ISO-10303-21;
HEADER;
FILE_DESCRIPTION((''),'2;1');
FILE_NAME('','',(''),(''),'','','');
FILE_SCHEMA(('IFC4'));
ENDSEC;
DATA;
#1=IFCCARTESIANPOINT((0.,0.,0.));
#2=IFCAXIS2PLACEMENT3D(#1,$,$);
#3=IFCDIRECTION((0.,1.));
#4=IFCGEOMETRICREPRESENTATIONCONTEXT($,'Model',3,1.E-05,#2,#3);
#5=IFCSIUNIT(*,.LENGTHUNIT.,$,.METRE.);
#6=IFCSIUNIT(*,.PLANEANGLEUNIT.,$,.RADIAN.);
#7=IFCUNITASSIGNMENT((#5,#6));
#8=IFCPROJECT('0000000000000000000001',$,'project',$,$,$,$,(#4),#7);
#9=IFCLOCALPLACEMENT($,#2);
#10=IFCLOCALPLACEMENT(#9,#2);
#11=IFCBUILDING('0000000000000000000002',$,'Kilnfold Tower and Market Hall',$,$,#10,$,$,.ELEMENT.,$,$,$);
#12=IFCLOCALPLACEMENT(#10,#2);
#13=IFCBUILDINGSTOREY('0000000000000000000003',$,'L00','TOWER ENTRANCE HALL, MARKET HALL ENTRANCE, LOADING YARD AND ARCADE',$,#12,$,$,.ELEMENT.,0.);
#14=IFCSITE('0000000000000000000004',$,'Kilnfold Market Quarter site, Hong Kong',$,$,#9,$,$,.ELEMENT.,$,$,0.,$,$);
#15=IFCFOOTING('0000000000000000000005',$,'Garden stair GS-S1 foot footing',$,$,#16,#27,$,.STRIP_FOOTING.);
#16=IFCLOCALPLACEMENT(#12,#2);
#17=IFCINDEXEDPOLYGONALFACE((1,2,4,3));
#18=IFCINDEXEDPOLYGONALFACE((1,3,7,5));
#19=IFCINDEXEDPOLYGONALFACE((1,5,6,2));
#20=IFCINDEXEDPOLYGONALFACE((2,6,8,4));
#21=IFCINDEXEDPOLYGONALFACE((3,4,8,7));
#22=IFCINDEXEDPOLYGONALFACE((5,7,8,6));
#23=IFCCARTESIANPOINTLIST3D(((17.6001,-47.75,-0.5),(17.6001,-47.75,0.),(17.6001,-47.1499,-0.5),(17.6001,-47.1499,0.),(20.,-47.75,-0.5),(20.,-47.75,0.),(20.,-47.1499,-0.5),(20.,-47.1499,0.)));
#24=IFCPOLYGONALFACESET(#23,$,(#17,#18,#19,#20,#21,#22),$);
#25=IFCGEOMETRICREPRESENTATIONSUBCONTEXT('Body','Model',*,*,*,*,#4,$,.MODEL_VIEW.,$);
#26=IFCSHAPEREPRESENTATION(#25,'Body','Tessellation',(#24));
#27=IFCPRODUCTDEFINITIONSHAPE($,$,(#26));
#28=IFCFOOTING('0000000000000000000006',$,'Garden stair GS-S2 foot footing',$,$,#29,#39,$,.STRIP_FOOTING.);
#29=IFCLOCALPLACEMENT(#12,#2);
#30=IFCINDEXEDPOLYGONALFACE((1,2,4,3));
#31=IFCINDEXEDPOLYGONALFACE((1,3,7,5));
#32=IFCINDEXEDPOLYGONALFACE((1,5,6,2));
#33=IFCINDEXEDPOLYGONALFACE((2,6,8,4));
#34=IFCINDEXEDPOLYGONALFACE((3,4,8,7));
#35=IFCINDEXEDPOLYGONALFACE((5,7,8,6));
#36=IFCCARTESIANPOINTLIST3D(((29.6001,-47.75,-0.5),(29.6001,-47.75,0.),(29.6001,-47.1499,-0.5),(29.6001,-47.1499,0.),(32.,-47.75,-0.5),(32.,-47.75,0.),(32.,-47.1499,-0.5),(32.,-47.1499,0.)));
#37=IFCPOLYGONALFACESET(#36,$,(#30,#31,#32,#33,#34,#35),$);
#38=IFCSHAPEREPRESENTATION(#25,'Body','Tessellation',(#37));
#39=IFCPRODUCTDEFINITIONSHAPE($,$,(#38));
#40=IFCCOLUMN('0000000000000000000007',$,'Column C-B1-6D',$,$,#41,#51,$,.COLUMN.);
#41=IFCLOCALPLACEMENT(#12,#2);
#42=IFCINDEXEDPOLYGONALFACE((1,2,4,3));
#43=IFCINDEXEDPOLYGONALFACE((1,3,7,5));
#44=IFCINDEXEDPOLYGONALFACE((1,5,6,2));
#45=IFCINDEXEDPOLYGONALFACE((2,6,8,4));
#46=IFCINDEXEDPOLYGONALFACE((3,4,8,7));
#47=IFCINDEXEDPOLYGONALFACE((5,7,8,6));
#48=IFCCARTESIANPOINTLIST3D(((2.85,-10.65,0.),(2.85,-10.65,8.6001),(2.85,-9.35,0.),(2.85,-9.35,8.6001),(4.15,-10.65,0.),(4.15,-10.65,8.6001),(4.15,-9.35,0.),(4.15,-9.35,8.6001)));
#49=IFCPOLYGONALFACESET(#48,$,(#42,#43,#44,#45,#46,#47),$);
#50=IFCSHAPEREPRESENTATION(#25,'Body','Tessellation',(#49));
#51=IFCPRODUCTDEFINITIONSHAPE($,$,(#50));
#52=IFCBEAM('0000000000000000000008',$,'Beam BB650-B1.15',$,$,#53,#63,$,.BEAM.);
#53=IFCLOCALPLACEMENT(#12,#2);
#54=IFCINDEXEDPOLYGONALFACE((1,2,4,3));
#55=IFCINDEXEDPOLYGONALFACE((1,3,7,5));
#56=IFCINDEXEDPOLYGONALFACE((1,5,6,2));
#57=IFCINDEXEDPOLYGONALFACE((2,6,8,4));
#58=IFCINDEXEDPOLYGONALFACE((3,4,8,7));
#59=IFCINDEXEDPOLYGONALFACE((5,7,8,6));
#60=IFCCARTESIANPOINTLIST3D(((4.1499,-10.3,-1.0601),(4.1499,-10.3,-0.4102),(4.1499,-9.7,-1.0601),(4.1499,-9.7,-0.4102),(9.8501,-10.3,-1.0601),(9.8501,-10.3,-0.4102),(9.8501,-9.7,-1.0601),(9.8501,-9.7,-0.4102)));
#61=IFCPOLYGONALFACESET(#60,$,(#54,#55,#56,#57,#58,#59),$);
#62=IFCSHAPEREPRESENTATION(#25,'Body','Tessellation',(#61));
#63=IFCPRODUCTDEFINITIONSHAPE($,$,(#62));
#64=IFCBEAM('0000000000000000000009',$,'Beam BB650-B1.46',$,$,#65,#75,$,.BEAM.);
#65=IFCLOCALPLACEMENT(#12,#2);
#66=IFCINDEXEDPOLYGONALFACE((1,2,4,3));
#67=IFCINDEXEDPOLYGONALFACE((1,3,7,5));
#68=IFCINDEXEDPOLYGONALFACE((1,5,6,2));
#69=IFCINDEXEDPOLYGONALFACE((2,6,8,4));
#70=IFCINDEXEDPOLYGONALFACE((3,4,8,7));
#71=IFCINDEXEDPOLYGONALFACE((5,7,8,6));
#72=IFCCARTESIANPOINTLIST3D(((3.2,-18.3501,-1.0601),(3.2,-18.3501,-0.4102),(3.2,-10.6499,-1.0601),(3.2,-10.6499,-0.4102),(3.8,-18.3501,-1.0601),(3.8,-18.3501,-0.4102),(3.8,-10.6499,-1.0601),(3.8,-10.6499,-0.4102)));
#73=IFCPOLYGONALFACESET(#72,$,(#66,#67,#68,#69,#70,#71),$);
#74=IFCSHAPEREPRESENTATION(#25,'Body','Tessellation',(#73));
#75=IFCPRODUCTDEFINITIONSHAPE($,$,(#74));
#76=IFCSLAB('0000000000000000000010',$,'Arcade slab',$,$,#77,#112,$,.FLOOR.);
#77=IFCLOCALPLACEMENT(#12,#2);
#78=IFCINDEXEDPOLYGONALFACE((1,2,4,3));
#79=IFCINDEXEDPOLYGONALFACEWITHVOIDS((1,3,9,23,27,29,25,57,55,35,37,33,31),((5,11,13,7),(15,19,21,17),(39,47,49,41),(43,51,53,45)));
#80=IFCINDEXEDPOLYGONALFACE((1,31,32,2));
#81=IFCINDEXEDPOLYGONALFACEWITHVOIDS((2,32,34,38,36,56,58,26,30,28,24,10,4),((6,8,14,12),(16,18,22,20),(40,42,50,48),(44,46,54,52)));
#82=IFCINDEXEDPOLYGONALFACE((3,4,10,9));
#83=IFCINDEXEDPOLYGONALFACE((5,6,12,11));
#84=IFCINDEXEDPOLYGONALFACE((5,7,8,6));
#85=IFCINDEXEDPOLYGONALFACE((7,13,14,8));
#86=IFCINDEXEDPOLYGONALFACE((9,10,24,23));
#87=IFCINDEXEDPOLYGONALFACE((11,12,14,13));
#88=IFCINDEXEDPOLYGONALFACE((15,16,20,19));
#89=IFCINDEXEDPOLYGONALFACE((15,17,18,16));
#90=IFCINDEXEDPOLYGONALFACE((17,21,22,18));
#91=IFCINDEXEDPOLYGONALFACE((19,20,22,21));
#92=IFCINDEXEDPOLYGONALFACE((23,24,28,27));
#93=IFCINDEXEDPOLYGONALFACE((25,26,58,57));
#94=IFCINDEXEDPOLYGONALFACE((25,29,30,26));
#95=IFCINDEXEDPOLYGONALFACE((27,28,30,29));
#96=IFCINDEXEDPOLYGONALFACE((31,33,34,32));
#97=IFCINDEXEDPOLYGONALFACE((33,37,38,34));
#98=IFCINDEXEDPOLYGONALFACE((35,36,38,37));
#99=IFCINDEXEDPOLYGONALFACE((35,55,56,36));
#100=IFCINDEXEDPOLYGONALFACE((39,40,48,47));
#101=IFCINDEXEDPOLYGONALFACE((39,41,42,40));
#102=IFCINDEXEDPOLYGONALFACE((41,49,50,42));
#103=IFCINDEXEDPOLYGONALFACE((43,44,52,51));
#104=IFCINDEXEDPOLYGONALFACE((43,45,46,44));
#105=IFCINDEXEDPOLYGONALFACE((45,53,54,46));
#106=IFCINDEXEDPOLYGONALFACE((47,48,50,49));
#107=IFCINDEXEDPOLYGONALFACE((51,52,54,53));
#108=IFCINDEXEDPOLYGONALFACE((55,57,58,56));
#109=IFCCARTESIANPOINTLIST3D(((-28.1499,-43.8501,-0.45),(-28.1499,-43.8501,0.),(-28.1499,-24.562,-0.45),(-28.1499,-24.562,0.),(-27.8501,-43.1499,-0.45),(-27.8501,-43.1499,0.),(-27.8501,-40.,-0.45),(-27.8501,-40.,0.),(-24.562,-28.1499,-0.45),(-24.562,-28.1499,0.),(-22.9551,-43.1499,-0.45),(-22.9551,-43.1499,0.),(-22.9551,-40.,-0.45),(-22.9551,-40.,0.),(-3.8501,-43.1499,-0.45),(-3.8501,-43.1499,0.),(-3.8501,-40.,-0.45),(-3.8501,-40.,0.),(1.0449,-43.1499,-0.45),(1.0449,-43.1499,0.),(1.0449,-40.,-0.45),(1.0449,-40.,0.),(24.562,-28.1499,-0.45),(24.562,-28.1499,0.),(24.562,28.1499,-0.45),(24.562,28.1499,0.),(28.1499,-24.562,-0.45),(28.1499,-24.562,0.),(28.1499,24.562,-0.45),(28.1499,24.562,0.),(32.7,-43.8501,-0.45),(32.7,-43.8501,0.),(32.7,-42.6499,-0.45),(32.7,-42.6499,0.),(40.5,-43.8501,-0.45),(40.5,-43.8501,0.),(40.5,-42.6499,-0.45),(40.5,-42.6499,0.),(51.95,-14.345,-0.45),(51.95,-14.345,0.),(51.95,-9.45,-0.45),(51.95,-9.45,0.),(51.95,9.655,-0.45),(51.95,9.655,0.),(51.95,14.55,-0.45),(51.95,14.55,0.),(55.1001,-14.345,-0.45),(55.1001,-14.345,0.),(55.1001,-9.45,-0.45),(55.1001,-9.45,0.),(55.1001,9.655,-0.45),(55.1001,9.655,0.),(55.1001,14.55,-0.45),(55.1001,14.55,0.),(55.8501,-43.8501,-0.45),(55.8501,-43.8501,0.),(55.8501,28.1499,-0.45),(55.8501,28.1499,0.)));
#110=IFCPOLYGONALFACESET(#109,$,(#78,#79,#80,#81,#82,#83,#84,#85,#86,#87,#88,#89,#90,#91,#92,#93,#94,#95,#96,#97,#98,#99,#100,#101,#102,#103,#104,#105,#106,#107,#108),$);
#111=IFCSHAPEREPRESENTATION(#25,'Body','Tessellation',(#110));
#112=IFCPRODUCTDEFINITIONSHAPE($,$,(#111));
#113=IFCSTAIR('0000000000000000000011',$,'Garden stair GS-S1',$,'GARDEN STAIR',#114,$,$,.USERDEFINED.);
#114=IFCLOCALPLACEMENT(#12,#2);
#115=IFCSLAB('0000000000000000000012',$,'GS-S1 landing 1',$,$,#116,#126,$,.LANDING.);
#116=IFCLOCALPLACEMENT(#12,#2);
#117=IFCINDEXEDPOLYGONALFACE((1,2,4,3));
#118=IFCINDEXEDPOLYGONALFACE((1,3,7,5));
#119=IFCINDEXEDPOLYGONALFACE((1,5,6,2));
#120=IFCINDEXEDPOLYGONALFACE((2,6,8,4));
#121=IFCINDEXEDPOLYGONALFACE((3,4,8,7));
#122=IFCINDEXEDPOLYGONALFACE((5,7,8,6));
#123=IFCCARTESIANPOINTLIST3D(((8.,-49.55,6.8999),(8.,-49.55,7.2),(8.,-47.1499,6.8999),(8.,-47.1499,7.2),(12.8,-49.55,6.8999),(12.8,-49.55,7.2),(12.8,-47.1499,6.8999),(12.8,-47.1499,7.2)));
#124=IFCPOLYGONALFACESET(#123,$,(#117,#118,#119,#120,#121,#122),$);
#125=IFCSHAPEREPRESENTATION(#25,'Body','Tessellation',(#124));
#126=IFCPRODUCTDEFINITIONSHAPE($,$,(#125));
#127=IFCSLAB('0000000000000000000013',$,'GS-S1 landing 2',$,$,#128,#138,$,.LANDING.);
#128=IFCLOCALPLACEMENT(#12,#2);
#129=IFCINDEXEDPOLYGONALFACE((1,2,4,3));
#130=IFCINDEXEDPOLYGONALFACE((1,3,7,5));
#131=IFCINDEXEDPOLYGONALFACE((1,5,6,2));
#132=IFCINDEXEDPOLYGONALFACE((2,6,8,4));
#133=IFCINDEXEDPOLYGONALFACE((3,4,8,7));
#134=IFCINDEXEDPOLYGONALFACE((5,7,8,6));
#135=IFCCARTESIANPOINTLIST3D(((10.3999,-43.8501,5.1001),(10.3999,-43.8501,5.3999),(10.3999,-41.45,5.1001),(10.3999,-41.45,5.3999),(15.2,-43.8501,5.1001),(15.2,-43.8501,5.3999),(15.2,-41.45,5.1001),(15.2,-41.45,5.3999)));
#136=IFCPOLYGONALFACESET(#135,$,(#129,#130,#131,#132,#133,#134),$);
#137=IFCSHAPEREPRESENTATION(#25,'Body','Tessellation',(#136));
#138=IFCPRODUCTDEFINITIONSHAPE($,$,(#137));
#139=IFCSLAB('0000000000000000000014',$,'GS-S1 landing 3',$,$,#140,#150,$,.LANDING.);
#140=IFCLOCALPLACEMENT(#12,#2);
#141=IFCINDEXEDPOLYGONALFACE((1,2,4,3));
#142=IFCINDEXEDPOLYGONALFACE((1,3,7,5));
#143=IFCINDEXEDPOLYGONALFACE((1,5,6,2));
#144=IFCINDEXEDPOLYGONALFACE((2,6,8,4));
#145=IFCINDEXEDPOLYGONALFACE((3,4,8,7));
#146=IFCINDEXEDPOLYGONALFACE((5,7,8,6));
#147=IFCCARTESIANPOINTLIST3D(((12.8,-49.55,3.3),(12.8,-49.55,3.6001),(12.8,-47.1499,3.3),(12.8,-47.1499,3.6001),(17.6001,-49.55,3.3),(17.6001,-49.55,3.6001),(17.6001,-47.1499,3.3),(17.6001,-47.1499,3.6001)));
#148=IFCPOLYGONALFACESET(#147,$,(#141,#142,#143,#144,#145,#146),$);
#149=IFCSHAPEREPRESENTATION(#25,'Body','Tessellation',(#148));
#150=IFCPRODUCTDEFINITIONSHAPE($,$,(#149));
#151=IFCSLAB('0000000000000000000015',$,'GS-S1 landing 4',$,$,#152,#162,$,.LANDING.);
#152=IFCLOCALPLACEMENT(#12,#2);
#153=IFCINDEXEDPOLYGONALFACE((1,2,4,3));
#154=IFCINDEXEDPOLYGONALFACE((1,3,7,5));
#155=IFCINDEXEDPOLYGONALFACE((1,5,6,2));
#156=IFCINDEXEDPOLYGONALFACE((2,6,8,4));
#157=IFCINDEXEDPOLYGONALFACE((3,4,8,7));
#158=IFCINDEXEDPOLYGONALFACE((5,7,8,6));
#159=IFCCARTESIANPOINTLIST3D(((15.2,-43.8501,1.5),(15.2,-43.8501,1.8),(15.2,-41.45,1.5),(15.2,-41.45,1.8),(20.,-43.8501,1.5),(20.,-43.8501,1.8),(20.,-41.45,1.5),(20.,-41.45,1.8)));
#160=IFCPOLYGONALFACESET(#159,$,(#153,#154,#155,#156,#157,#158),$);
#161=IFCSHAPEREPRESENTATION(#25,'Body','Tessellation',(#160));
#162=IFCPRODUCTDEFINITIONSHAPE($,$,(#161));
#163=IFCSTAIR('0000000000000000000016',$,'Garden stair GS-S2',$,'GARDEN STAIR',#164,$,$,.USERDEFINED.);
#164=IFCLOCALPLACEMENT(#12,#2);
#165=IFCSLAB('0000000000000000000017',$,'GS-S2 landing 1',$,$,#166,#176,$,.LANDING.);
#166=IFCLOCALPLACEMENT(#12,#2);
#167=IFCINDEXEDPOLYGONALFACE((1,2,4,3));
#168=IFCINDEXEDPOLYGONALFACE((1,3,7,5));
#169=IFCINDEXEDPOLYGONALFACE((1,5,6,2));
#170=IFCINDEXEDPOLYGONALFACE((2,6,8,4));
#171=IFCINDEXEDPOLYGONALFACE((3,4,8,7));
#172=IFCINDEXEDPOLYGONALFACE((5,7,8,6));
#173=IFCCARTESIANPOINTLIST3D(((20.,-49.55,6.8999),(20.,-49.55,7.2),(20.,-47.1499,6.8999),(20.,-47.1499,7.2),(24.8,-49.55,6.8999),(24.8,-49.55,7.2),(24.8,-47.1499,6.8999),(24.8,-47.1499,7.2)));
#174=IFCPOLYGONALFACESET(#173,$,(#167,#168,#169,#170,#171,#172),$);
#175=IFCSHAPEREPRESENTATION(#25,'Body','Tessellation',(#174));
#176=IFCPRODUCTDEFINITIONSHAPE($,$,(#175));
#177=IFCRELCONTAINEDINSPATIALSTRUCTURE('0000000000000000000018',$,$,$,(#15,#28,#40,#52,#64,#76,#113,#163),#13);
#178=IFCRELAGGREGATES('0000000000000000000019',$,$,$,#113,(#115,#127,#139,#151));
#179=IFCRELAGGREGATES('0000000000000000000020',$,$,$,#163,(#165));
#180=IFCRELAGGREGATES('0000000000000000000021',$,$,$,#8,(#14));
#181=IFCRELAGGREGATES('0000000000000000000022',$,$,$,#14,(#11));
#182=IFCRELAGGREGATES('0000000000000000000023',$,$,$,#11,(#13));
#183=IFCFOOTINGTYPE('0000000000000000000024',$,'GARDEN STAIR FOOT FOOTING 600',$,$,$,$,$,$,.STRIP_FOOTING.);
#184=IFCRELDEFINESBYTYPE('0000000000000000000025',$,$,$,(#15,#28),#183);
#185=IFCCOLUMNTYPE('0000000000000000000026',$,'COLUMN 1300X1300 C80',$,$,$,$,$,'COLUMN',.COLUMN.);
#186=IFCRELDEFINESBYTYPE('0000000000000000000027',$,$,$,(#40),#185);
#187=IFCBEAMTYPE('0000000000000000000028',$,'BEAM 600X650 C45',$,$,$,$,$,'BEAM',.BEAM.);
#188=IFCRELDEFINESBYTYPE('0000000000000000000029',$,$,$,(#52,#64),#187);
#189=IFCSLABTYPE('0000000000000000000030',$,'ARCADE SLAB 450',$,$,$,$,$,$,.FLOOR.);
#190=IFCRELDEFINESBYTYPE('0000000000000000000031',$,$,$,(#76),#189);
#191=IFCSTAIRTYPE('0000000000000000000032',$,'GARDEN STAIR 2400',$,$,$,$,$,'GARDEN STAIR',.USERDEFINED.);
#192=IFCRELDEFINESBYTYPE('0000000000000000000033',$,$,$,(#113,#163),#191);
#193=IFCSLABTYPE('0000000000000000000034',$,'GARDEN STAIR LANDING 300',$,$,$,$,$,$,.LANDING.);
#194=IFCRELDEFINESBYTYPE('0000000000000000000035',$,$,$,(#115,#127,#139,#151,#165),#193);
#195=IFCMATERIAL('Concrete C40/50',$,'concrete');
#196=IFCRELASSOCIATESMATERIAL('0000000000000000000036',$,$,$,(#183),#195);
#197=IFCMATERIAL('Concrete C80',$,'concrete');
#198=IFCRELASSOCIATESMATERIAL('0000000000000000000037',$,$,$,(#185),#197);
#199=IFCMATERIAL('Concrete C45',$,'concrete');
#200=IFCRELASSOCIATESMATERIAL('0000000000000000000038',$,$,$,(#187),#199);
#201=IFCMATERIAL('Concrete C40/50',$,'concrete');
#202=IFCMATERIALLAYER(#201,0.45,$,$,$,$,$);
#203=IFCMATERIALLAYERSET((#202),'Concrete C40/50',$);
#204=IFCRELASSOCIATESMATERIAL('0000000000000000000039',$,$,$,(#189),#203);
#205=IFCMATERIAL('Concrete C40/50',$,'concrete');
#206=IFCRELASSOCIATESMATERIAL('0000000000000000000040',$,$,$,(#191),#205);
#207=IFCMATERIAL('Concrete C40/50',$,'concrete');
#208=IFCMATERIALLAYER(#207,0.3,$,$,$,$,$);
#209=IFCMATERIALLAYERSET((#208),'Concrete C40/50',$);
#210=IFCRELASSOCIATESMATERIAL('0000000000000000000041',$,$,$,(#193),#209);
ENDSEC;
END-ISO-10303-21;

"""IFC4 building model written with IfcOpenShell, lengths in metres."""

from ifc_helpers import new_model, si_unit, direction, frame, origin, origin_2d, place, context, subcontext, project, spatial, polyline, rectangle, outline, extrude, source, transform, mapped, material, layer, layer_set, material_profile, profile_set, type_object, element, aggregate, save


model = new_model("IFC4")

# Units and contexts
model_context = context("Model", 3, precision=1e-05, world=origin(), true_north=direction((0.0, 1.0)))
body_context = subcontext(model_context, "Body", "Model", "MODEL_VIEW")
ifc_project = project(units=[si_unit("LENGTHUNIT", "METRE"), si_unit("PLANEANGLEUNIT", "RADIAN")], contexts=[model_context])

# Site, building, storey
site_placement = place(None, origin())
site = spatial("IfcSite", under=ifc_project, at=site_placement, Name="Kilnfold Market Quarter site, Hong Kong", CompositionType="ELEMENT", RefElevation=0.0)
building_placement = place(site_placement, origin())
building = spatial("IfcBuilding", under=site, at=building_placement, Name="Kilnfold Tower and Market Hall", CompositionType="ELEMENT")
storey_placement = place(building_placement, origin())
storey = spatial("IfcBuildingStorey", under=building, at=storey_placement, Name="L00", Description="TOWER ENTRANCE HALL, MARKET HALL ENTRANCE, LOADING YARD AND ARCADE", CompositionType="ELEMENT", Elevation=0.0)

# Footings
ifc_material_1 = material(Name="Concrete C40/50", Category="concrete")
footing_type = type_object("IfcFootingType", Name="GARDEN STAIR FOOT FOOTING 600", PredefinedType="STRIP_FOOTING", material=ifc_material_1)
shared_shape_1 = source(origin(), body_context, "Body", "SweptSolid", [
    extrude(outline(polyline([(17.6001, -47.1499), (20.0, -47.1499), (20.0, -47.75), (17.6001, -47.75), (17.6001, -47.1499)])), origin(), (0.0, 0.0, 1.0), 0.5),
])
footing_1_placement = place(storey_placement, frame((0.0, 0.0, -0.5)))
element("IfcFooting", 1, at=footing_1_placement, inside=storey, type_object=footing_type, Name="Garden stair GS-S1 foot footing", PredefinedType="STRIP_FOOTING", context=body_context, shape_type="MappedRepresentation", body=[
    mapped(shared_shape_1, transform((0.0, 0.0, 0.0))),
])
shared_shape_2 = source(origin(), body_context, "Body", "SweptSolid", [
    extrude(outline(polyline([(29.6001, -47.1499), (32.0, -47.1499), (32.0, -47.75), (29.6001, -47.75), (29.6001, -47.1499)])), origin(), (0.0, 0.0, 1.0), 0.5),
])
footing_2_placement = place(storey_placement, frame((0.0, 0.0, -0.5)))
element("IfcFooting", 2, at=footing_2_placement, inside=storey, type_object=footing_type, Name="Garden stair GS-S2 foot footing", PredefinedType="STRIP_FOOTING", context=body_context, shape_type="MappedRepresentation", body=[
    mapped(shared_shape_2, transform((0.0, 0.0, 0.0))),
])

# Column
ifc_material_2 = material(Name="Concrete C80", Category="concrete")
ifc_material_profile_1 = material_profile(ifc_material_2, rectangle(XDim=1.3, YDim=1.3, at=origin_2d()), Name="RC 1300x1300")
ifc_profile_set_1 = profile_set([ifc_material_profile_1], Name="Concrete C80")
column_type = type_object("IfcColumnType", Name="COLUMN 1300X1300 C80", ElementType="COLUMN", PredefinedType="COLUMN", material=ifc_profile_set_1)
shared_shape_3 = source(origin(), body_context, "Body", "SweptSolid", [
    extrude(rectangle(XDim=1.3, YDim=1.3, at=origin_2d()), origin(), (0.0, 0.0, 1.0), 8.6001),
])
column_placement = place(storey_placement, frame((3.5, -10.0, 0.0), z_axis=(0.0, 0.0, 1.0), x_axis=(1.0, 0.0, 0.0)))
element("IfcColumn", 3, at=column_placement, inside=storey, type_object=column_type, Name="Column C-B1-6D", PredefinedType="COLUMN", context=body_context, shape_type="MappedRepresentation", body=[
    mapped(shared_shape_3, transform((0.0, 0.0, 0.0))),
])

# Beams
ifc_material_3 = material(Name="Concrete C45", Category="concrete")
ifc_material_profile_2 = material_profile(ifc_material_3, rectangle(XDim=0.6001, YDim=0.6499, at=origin_2d()), Name="RC 600x650")
ifc_profile_set_2 = profile_set([ifc_material_profile_2], Name="Concrete C45")
beam_type = type_object("IfcBeamType", Name="BEAM 600X650 C45", ElementType="BEAM", PredefinedType="BEAM", material=ifc_profile_set_2)
shared_shape_4 = source(origin(), body_context, "Body", "SweptSolid", [
    extrude(rectangle(XDim=0.6001, YDim=0.6499, at=origin_2d()), origin(), (0.0, 0.0, 1.0), 5.7002),
])
beam_1_placement = place(storey_placement, frame((4.1499, -10.0, -0.7351), z_axis=(1.0, 0.0, 0.0), x_axis=(0.0, 1.0, 0.0)))
element("IfcBeam", 4, at=beam_1_placement, inside=storey, type_object=beam_type, Name="Beam BB650-B1.15", PredefinedType="BEAM", context=body_context, shape_type="MappedRepresentation", body=[
    mapped(shared_shape_4, transform((0.0, 0.0, 0.0))),
])
shared_shape_5 = source(origin(), body_context, "Body", "SweptSolid", [
    extrude(rectangle(XDim=0.6001, YDim=0.6499, at=origin_2d()), origin(), (0.0, 0.0, 1.0), 7.7002),
])
beam_2_placement = place(storey_placement, frame((3.5, -18.3501, -0.7351), z_axis=(0.0, 1.0, 0.0), x_axis=(-1.0, 0.0, 0.0)))
element("IfcBeam", 5, at=beam_2_placement, inside=storey, type_object=beam_type, Name="Beam BB650-B1.46", PredefinedType="BEAM", context=body_context, shape_type="MappedRepresentation", body=[
    mapped(shared_shape_5, transform((0.0, 0.0, 0.0))),
])

# Slab
ifc_material_4 = material(Name="Concrete C40/50", Category="concrete")
ifc_layer_1 = layer(ifc_material_4, 0.45)
ifc_layer_set_1 = layer_set([ifc_layer_1], Name="Concrete C40/50")
slab_type_1 = type_object("IfcSlabType", Name="ARCADE SLAB 450", PredefinedType="FLOOR", material=ifc_layer_set_1)
shared_shape_6 = source(origin(), body_context, "Body", "SweptSolid", [
    extrude(outline(polyline([(-28.1499, -43.8501), (32.7, -43.8501), (32.7, -42.6499), (40.5, -42.6499), (40.5, -43.8501), (55.8501, -43.8501), (55.8501, 28.1499), (24.562, 28.1499), (28.1499, 24.562), (28.1499, -24.562), (24.562, -28.1499), (-24.562, -28.1499), (-28.1499, -24.562), (-28.1499, -43.8501)]), holes=[polyline([(-27.8501, -43.1499), (-22.9551, -43.1499), (-22.9551, -40.0), (-27.8501, -40.0), (-27.8501, -43.1499)]), polyline([(-3.8501, -43.1499), (1.0449, -43.1499), (1.0449, -40.0), (-3.8501, -40.0), (-3.8501, -43.1499)]), polyline([(51.95, -14.345), (55.1001, -14.345), (55.1001, -9.45), (51.95, -9.45), (51.95, -14.345)]), polyline([(51.95, 9.655), (55.1001, 9.655), (55.1001, 14.55), (51.95, 14.55), (51.95, 9.655)])]), origin(), (0.0, 0.0, 1.0), 0.45),
])
slab_1_placement = place(storey_placement, frame((0.0, 0.0, -0.45)))
element("IfcSlab", 6, at=slab_1_placement, inside=storey, type_object=slab_type_1, Name="Arcade slab", PredefinedType="FLOOR", context=body_context, shape_type="MappedRepresentation", body=[
    mapped(shared_shape_6, transform((0.0, 0.0, 0.0))),
])

# Stairs, slabs
ifc_material_5 = material(Name="Concrete C40/50", Category="concrete")
stair_type = type_object("IfcStairType", Name="GARDEN STAIR 2400", ElementType="GARDEN STAIR", PredefinedType="USERDEFINED", material=ifc_material_5)
stair_1_placement = place(storey_placement, origin())
stair_1 = element("IfcStair", 7, at=stair_1_placement, inside=storey, type_object=stair_type, Name="Garden stair GS-S1", ObjectType="GARDEN STAIR", PredefinedType="USERDEFINED")
ifc_material_6 = material(Name="Concrete C40/50", Category="concrete")
ifc_layer_2 = layer(ifc_material_6, 0.3)
ifc_layer_set_2 = layer_set([ifc_layer_2], Name="Concrete C40/50")
slab_type_2 = type_object("IfcSlabType", Name="GARDEN STAIR LANDING 300", PredefinedType="LANDING", material=ifc_layer_set_2)
shared_shape_7 = source(origin(), body_context, "Body", "SweptSolid", [
    extrude(outline(polyline([(8.0, -47.1499), (12.8, -47.1499), (12.8, -49.55), (8.0, -49.55), (8.0, -47.1499)])), origin(), (0.0, 0.0, 1.0), 0.3),
])
slab_2_placement = place(storey_placement, frame((0.0, 0.0, 6.8999)))
slab_2 = element("IfcSlab", 8, at=slab_2_placement, type_object=slab_type_2, Name="GS-S1 landing 1", PredefinedType="LANDING", context=body_context, shape_type="MappedRepresentation", body=[
    mapped(shared_shape_7, transform((0.0, 0.0, 0.0))),
])
shared_shape_8 = source(origin(), body_context, "Body", "SweptSolid", [
    extrude(outline(polyline([(10.3999, -41.45), (15.2, -41.45), (15.2, -43.8501), (10.3999, -43.8501), (10.3999, -41.45)])), origin(), (0.0, 0.0, 1.0), 0.2998),
])
slab_3_placement = place(storey_placement, frame((0.0, 0.0, 5.1001)))
slab_3 = element("IfcSlab", 9, at=slab_3_placement, type_object=slab_type_2, Name="GS-S1 landing 2", PredefinedType="LANDING", context=body_context, shape_type="MappedRepresentation", body=[
    mapped(shared_shape_8, transform((0.0, 0.0, 0.0))),
])
shared_shape_9 = source(origin(), body_context, "Body", "SweptSolid", [
    extrude(outline(polyline([(12.8, -47.1499), (17.6001, -47.1499), (17.6001, -49.55), (12.8, -49.55), (12.8, -47.1499)])), origin(), (0.0, 0.0, 1.0), 0.3),
])
slab_4_placement = place(storey_placement, frame((0.0, 0.0, 3.3)))
slab_4 = element("IfcSlab", 10, at=slab_4_placement, type_object=slab_type_2, Name="GS-S1 landing 3", PredefinedType="LANDING", context=body_context, shape_type="MappedRepresentation", body=[
    mapped(shared_shape_9, transform((0.0, 0.0, 0.0))),
])
shared_shape_10 = source(origin(), body_context, "Body", "SweptSolid", [
    extrude(outline(polyline([(15.2, -41.45), (20.0, -41.45), (20.0, -43.8501), (15.2, -43.8501), (15.2, -41.45)])), origin(), (0.0, 0.0, 1.0), 0.3),
])
slab_5_placement = place(storey_placement, frame((0.0, 0.0, 1.5)))
slab_5 = element("IfcSlab", 11, at=slab_5_placement, type_object=slab_type_2, Name="GS-S1 landing 4", PredefinedType="LANDING", context=body_context, shape_type="MappedRepresentation", body=[
    mapped(shared_shape_10, transform((0.0, 0.0, 0.0))),
])
aggregate(stair_1, [slab_2, slab_3, slab_4, slab_5])
stair_2_placement = place(storey_placement, origin())
stair_2 = element("IfcStair", 12, at=stair_2_placement, inside=storey, type_object=stair_type, Name="Garden stair GS-S2", ObjectType="GARDEN STAIR", PredefinedType="USERDEFINED")
shared_shape_11 = source(origin(), body_context, "Body", "SweptSolid", [
    extrude(outline(polyline([(20.0, -47.1499), (24.8, -47.1499), (24.8, -49.55), (20.0, -49.55), (20.0, -47.1499)])), origin(), (0.0, 0.0, 1.0), 0.3),
])
slab_6_placement = place(storey_placement, frame((0.0, 0.0, 6.8999)))
slab_6 = element("IfcSlab", 13, at=slab_6_placement, type_object=slab_type_2, Name="GS-S2 landing 1", PredefinedType="LANDING", context=body_context, shape_type="MappedRepresentation", body=[
    mapped(shared_shape_11, transform((0.0, 0.0, 0.0))),
])
aggregate(stair_2, [slab_6])

save(model, "model.ifc")
